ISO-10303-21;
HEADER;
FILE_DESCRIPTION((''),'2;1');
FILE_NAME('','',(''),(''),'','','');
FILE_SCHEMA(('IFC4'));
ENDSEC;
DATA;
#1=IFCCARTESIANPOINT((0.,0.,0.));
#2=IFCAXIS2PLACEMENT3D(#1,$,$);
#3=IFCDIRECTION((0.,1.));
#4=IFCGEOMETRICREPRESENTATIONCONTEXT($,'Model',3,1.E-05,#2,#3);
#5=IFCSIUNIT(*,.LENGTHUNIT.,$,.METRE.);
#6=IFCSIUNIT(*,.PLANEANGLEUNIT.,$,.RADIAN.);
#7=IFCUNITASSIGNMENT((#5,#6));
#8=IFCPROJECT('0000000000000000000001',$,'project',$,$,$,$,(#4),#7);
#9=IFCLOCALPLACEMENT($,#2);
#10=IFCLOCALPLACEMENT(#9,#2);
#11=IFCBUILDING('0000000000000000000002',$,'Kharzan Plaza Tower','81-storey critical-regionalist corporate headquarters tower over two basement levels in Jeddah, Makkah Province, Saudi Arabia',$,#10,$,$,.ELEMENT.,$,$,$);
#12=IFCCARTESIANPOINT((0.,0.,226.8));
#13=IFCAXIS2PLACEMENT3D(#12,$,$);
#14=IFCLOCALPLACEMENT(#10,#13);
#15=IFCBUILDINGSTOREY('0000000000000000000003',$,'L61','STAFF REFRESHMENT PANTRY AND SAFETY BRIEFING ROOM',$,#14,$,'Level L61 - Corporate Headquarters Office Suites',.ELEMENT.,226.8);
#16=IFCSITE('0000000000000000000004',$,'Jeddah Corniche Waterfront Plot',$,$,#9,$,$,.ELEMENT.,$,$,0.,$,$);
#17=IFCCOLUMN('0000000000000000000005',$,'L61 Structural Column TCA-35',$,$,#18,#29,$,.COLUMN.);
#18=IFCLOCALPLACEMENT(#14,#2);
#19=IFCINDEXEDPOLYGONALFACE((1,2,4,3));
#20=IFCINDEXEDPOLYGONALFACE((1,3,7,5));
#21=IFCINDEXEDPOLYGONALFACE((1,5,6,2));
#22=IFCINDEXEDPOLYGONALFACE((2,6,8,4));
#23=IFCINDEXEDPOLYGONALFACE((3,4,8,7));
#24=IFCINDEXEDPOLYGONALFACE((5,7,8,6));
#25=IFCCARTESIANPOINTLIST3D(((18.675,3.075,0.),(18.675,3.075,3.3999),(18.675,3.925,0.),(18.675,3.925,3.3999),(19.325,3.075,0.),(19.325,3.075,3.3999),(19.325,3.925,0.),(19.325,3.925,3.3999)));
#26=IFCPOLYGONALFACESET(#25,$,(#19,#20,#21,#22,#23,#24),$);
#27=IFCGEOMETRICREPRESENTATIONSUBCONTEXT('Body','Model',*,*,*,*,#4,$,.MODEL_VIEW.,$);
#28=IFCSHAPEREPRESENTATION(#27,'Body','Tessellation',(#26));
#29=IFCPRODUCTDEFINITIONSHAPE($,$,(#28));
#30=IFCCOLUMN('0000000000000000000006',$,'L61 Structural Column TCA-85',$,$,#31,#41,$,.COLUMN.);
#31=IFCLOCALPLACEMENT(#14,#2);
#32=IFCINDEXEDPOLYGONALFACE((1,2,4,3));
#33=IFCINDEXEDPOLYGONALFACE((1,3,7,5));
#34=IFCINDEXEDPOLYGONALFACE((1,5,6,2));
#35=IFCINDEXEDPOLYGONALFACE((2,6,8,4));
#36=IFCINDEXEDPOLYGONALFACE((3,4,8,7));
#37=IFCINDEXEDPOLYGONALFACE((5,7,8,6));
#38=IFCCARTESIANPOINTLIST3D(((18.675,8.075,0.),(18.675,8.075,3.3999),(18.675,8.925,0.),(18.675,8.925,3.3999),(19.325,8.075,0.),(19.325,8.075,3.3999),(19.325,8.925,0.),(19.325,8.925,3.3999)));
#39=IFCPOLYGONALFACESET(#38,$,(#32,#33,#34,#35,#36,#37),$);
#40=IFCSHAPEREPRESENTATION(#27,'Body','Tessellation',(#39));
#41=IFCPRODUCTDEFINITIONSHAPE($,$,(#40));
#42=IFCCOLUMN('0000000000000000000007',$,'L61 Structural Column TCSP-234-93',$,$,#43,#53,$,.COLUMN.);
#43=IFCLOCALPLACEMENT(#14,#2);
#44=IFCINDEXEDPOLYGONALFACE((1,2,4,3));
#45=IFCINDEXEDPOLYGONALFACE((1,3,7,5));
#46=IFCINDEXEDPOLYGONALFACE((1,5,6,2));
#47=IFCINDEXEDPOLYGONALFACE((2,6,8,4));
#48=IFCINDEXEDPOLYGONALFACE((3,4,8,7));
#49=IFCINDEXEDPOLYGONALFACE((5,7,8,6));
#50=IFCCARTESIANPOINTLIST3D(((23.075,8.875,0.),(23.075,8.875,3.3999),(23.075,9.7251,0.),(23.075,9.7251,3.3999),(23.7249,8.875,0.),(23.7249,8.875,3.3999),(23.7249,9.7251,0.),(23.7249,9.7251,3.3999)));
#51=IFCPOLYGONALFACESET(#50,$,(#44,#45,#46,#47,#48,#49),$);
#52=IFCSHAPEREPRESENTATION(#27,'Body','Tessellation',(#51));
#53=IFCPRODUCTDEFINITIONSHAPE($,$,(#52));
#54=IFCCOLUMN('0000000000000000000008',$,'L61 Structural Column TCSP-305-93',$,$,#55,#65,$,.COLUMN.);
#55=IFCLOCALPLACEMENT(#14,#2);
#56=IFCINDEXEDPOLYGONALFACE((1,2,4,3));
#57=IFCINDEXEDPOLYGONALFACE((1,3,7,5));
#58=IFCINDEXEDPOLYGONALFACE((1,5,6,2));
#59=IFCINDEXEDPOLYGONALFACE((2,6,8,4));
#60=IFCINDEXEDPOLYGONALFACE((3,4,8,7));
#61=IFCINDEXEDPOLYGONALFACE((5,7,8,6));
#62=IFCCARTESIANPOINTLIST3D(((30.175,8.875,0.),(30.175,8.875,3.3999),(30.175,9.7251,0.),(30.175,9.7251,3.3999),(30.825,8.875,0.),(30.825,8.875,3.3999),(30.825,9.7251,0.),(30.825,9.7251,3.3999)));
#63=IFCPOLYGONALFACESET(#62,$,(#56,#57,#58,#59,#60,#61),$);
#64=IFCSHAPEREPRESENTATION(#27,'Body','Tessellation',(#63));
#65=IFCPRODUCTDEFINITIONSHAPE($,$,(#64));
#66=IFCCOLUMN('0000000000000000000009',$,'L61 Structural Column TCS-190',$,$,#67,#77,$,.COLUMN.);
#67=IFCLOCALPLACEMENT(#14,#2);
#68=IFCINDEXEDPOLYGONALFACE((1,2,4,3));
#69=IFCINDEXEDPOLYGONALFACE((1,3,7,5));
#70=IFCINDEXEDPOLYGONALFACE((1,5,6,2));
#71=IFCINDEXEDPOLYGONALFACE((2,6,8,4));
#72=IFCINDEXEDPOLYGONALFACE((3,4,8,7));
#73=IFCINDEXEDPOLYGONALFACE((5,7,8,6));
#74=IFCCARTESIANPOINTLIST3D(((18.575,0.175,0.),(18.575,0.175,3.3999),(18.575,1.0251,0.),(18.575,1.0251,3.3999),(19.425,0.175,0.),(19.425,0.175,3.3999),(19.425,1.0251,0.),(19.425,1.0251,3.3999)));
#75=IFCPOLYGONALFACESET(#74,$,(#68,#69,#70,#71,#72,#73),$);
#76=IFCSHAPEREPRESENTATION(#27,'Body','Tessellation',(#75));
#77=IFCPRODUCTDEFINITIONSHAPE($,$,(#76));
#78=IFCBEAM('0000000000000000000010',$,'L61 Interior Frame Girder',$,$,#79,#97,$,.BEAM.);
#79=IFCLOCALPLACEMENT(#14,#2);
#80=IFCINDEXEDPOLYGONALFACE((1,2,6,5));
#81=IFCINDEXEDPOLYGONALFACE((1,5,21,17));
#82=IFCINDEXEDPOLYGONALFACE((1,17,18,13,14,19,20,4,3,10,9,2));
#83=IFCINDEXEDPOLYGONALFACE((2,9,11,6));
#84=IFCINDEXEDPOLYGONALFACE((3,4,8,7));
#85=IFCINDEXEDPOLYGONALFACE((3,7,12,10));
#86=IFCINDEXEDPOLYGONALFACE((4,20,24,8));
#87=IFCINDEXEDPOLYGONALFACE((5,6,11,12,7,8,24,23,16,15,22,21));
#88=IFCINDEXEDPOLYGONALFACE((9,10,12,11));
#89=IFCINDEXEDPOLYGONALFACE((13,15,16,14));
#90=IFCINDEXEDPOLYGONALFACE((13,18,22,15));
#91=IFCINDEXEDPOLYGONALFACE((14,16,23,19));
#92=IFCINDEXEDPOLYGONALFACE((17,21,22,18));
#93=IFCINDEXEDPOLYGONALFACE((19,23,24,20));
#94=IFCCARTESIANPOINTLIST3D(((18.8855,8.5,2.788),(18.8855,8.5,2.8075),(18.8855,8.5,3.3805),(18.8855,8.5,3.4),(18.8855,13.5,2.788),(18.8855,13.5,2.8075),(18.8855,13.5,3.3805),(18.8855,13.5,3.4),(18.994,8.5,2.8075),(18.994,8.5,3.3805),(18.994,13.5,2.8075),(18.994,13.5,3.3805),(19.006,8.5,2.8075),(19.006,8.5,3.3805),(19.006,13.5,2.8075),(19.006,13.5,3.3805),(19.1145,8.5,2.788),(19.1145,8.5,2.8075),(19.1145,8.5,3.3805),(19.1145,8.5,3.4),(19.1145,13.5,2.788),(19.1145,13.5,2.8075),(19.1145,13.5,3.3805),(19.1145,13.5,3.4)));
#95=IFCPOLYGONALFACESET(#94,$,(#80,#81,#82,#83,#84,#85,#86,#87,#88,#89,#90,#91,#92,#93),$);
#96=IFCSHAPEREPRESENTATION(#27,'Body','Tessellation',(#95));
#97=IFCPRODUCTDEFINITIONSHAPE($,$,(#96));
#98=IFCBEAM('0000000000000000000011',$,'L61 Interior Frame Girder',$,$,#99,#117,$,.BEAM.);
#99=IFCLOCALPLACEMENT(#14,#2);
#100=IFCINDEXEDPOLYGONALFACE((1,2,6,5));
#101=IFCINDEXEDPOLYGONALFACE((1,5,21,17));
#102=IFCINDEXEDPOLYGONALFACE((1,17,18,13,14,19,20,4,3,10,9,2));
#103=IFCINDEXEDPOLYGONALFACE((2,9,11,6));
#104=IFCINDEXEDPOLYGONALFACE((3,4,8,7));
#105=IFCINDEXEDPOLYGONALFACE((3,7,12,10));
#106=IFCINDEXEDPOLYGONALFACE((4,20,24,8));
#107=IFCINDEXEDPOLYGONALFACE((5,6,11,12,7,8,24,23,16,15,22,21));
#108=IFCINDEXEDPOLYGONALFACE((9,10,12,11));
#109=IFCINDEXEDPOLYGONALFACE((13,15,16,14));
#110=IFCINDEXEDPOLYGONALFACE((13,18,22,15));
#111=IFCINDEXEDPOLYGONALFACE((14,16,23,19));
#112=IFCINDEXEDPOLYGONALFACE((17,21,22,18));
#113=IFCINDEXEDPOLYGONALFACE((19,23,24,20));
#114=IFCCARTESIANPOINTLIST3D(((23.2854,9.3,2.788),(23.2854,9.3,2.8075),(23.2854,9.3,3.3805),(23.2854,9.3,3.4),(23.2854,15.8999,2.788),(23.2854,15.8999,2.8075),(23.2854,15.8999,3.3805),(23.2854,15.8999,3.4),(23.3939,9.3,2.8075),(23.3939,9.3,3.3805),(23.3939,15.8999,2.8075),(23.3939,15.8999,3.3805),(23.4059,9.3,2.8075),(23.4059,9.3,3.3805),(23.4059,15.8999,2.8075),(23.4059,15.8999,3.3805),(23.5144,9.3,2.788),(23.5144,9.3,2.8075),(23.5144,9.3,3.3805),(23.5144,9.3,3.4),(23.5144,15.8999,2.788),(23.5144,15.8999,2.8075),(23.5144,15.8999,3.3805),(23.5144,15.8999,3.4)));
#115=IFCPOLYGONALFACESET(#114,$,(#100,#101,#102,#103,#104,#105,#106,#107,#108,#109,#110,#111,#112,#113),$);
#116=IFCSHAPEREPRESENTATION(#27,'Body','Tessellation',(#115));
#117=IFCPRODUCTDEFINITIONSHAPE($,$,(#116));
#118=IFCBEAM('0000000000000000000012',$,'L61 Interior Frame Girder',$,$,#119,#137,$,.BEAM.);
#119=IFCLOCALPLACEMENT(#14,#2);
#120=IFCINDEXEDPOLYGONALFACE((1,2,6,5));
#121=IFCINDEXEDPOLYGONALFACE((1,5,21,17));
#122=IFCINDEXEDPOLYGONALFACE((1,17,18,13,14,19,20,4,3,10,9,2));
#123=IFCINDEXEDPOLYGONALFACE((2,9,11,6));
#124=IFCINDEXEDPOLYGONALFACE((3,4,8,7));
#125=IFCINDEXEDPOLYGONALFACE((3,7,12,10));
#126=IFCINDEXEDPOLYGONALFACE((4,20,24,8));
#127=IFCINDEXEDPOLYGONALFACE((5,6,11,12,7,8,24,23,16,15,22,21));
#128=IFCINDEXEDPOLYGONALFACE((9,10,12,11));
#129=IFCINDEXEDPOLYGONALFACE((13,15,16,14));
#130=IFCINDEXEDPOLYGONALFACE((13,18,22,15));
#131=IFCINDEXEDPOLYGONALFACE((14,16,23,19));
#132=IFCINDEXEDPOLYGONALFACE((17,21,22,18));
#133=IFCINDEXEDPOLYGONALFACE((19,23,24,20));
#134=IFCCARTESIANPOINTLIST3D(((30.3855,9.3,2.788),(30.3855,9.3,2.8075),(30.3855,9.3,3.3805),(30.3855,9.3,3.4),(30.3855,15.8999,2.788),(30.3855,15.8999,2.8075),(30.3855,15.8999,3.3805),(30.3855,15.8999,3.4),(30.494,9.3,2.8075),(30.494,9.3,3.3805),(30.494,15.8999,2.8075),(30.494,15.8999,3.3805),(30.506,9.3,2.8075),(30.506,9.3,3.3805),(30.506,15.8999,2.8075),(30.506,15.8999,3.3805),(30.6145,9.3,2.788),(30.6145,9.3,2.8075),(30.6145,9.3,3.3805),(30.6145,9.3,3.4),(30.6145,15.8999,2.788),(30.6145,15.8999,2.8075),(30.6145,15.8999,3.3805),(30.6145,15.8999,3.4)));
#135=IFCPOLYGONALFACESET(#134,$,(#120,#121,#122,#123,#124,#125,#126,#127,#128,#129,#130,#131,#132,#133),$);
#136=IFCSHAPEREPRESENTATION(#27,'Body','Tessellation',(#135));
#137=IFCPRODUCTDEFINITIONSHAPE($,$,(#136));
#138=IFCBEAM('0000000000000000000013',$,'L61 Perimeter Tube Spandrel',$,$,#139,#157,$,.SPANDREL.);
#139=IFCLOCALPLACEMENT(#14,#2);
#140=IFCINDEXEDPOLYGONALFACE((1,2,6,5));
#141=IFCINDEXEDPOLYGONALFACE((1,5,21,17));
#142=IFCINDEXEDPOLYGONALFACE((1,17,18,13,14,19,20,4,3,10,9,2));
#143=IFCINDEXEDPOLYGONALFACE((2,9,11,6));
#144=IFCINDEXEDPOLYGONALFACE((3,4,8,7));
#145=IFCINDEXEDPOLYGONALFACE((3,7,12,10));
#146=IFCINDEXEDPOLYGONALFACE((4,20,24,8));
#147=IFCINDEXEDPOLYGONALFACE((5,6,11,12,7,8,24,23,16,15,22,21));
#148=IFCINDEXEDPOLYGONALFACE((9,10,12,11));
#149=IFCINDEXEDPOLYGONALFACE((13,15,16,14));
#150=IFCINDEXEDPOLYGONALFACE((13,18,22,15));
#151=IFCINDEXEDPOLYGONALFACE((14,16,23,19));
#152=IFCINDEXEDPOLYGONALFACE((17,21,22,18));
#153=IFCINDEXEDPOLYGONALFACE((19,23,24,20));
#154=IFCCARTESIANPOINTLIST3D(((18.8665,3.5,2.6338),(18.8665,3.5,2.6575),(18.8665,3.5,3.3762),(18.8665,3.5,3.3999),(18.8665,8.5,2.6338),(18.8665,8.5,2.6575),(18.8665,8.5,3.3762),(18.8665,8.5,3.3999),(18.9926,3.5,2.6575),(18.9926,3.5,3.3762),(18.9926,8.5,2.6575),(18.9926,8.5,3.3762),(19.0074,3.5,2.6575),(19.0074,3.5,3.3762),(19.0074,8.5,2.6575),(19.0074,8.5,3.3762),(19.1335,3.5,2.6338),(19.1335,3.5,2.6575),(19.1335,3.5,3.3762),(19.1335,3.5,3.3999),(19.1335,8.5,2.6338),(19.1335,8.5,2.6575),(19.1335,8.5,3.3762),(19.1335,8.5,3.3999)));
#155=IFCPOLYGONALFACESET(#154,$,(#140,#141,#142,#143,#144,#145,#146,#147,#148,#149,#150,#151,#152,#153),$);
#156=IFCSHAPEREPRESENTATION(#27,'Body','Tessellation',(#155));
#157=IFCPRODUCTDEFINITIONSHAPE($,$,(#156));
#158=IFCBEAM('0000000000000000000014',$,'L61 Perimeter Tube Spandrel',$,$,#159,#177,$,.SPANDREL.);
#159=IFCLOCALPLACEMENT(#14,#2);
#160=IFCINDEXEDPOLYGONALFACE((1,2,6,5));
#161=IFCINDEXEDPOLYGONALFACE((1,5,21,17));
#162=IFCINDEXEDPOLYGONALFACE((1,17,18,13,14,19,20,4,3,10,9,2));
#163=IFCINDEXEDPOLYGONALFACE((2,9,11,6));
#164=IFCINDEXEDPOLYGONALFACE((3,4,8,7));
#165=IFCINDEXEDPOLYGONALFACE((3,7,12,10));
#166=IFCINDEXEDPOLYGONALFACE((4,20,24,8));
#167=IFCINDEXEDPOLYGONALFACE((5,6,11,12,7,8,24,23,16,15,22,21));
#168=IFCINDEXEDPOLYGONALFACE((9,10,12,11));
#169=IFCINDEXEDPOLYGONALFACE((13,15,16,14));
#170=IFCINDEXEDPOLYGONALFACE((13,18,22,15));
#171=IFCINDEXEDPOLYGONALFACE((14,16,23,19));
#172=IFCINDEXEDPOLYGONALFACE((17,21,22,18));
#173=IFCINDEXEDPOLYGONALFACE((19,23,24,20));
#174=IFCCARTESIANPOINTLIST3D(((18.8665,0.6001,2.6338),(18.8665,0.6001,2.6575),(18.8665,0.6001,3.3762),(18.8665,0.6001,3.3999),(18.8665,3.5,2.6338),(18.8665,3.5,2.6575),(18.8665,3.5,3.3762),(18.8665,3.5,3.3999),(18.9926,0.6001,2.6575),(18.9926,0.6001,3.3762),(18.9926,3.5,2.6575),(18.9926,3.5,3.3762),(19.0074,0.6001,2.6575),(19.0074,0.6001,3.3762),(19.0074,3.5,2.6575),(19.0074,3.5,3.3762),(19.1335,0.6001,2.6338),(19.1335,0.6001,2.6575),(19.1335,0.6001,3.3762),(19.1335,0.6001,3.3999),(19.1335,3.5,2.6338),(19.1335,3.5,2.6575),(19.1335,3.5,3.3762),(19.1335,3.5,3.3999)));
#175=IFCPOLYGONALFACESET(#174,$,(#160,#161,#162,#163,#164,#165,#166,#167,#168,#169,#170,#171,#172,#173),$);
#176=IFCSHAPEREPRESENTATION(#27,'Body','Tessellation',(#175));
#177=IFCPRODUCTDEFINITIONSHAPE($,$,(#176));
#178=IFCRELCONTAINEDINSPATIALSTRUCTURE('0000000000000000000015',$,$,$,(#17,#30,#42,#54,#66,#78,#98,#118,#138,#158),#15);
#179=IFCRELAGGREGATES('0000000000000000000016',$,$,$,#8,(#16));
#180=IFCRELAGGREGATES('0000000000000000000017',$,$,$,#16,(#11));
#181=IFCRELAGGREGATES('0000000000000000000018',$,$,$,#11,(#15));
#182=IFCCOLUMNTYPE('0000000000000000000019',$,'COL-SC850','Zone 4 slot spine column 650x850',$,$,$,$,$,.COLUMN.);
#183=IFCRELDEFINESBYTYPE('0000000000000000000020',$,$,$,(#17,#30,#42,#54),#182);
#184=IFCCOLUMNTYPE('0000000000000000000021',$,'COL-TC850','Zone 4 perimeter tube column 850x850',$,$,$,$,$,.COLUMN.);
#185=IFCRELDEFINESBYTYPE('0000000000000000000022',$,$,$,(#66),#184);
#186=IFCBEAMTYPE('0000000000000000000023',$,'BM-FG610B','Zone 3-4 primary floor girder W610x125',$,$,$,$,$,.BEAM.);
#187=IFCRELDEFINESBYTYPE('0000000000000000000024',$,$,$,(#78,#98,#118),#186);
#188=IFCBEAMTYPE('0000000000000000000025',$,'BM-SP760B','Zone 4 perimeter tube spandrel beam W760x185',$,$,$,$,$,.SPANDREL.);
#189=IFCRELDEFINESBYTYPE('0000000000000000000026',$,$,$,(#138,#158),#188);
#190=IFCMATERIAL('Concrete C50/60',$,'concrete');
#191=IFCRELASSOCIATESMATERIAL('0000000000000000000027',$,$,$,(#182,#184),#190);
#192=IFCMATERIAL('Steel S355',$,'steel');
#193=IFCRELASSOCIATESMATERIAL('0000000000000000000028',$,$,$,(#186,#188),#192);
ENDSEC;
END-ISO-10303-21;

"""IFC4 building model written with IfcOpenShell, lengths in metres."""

from ifc_helpers import new_model, si_unit, direction, frame, origin, origin_2d, place, context, subcontext, project, spatial, rectangle, i_section, extrude, source, transform, mapped, material, material_profile, profile_set, type_object, element, save


model = new_model("IFC4")

# Units and contexts
model_context = context("Model", 3, precision=1e-05, world=origin(), true_north=direction((0.0, 1.0)))
body_context = subcontext(model_context, "Body", "Model", "MODEL_VIEW")
ifc_project = project(units=[si_unit("LENGTHUNIT", "METRE"), si_unit("PLANEANGLEUNIT", "RADIAN")], contexts=[model_context])

# Site, building, storey
site_placement = place(None, origin())
site = spatial("IfcSite", under=ifc_project, at=site_placement, Name="Jeddah Corniche Waterfront Plot", CompositionType="ELEMENT", RefElevation=0.0)
building_placement = place(site_placement, origin())
building = spatial("IfcBuilding", under=site, at=building_placement, Name="Kharzan Plaza Tower", Description="81-storey critical-regionalist corporate headquarters tower over two basement levels in Jeddah, Makkah Province, Saudi Arabia", CompositionType="ELEMENT")
storey_placement = place(building_placement, frame((0.0, 0.0, 226.8)))
storey = spatial("IfcBuildingStorey", under=building, at=storey_placement, Name="L61", Description="STAFF REFRESHMENT PANTRY AND SAFETY BRIEFING ROOM", LongName="Level L61 - Corporate Headquarters Office Suites", CompositionType="ELEMENT", Elevation=226.8)

# Columns
ifc_material_1 = material(Name="Concrete C50/60", Category="concrete")
ifc_material_profile_1 = material_profile(ifc_material_1, rectangle(XDim=0.6499, YDim=0.8501, at=origin_2d()), Name="RC-SC850x650")
ifc_profile_set_1 = profile_set([ifc_material_profile_1], Name="Concrete C50/60")
column_type_1 = type_object("IfcColumnType", Name="COL-SC850", Description="Zone 4 slot spine column 650x850", PredefinedType="COLUMN", material=ifc_profile_set_1)
shared_shape_1 = source(origin(), body_context, "Body", "SweptSolid", [
    extrude(rectangle(XDim=0.6499, YDim=0.8501, at=origin_2d()), origin(), (0.0, 0.0, 1.0), 3.3999),
])
for number, where, z_axis, x_axis, name in (
    (1, (19.0, 3.5, 0.0), (0.0, 0.0, 1.0), (1.0, 0.0, 0.0), "L61 Structural Column TCA-35"),
    (2, (19.0, 8.5, 0.0), (0.0, 0.0, 1.0), (1.0, 0.0, 0.0), "L61 Structural Column TCA-85"),
    (3, (23.3999, 9.3, 0.0), (0.0, 0.0, 1.0), (1.0, 0.0, 0.0), "L61 Structural Column TCSP-234-93"),
    (4, (30.5, 9.3, 0.0), (0.0, 0.0, 1.0), (1.0, 0.0, 0.0), "L61 Structural Column TCSP-305-93"),
):
    element("IfcColumn", number, at=place(storey_placement, frame(where, z_axis=z_axis, x_axis=x_axis)), inside=storey, type_object=column_type_1, Name=name, PredefinedType="COLUMN", context=body_context, shape_type="MappedRepresentation", body=[
        mapped(shared_shape_1, transform((0.0, 0.0, 0.0), x_axis=(1.0, 0.0, 0.0), y_axis=(0.0, 1.0, 0.0), z_axis=(0.0, 0.0, 1.0))),
    ])
ifc_material_profile_2 = material_profile(ifc_material_1, rectangle(XDim=0.8501, YDim=0.8501, at=origin_2d()), Name="RC-TC850x850")
ifc_profile_set_2 = profile_set([ifc_material_profile_2], Name="Concrete C50/60")
column_type_2 = type_object("IfcColumnType", Name="COL-TC850", Description="Zone 4 perimeter tube column 850x850", PredefinedType="COLUMN", material=ifc_profile_set_2)
shared_shape_2 = source(origin(), body_context, "Body", "SweptSolid", [
    extrude(rectangle(XDim=0.8501, YDim=0.8501, at=origin_2d()), origin(), (0.0, 0.0, 1.0), 3.3999),
])
column_placement = place(storey_placement, frame((19.0, 0.6001, 0.0), z_axis=(0.0, 0.0, 1.0), x_axis=(1.0, 0.0, 0.0)))
element("IfcColumn", 5, at=column_placement, inside=storey, type_object=column_type_2, Name="L61 Structural Column TCS-190", PredefinedType="COLUMN", context=body_context, shape_type="MappedRepresentation", body=[
    mapped(shared_shape_2, transform((0.0, 0.0, 0.0), x_axis=(1.0, 0.0, 0.0), y_axis=(0.0, 1.0, 0.0), z_axis=(0.0, 0.0, 1.0))),
])

# Beams
ifc_material_2 = material(Name="Steel S355", Category="steel")
ifc_material_profile_3 = material_profile(ifc_material_2, i_section(OverallWidth=0.229, OverallDepth=0.6121, WebThickness=0.012, FlangeThickness=0.0195, at=origin_2d()), Name="W610x125")
ifc_profile_set_3 = profile_set([ifc_material_profile_3], Name="Steel S355")
beam_type_1 = type_object("IfcBeamType", Name="BM-FG610B", Description="Zone 3-4 primary floor girder W610x125", PredefinedType="BEAM", material=ifc_profile_set_3)
shared_shape_3 = source(origin(), body_context, "Body", "SweptSolid", [
    extrude(i_section(OverallWidth=0.229, OverallDepth=0.6121, WebThickness=0.012, FlangeThickness=0.0195, at=origin_2d()), origin(), (0.0, 0.0, 1.0), 5.0),
])
beam_1_placement = place(storey_placement, frame((19.0, 8.5, 3.094), z_axis=(0.0, 1.0, 0.0), x_axis=(-1.0, 0.0, 0.0)))
element("IfcBeam", 6, at=beam_1_placement, inside=storey, type_object=beam_type_1, Name="L61 Interior Frame Girder", PredefinedType="BEAM", context=body_context, shape_type="MappedRepresentation", body=[
    mapped(shared_shape_3, transform((0.0, 0.0, 0.0), x_axis=(1.0, 0.0, 0.0), y_axis=(0.0, 1.0, 0.0), z_axis=(0.0, 0.0, 1.0))),
])
shared_shape_4 = source(origin(), body_context, "Body", "SweptSolid", [
    extrude(i_section(OverallWidth=0.229, OverallDepth=0.6121, WebThickness=0.012, FlangeThickness=0.0195, at=origin_2d()), origin(), (0.0, 0.0, 1.0), 6.5999),
])
for number, where, z_axis, x_axis, name in (
    (7, (23.3999, 9.3, 3.094), (0.0, 1.0, 0.0), (-1.0, 0.0, 0.0), "L61 Interior Frame Girder"),
    (8, (30.5, 9.3, 3.094), (0.0, 1.0, 0.0), (-1.0, 0.0, 0.0), "L61 Interior Frame Girder"),
):
    element("IfcBeam", number, at=place(storey_placement, frame(where, z_axis=z_axis, x_axis=x_axis)), inside=storey, type_object=beam_type_1, Name=name, PredefinedType="BEAM", context=body_context, shape_type="MappedRepresentation", body=[
        mapped(shared_shape_4, transform((0.0, 0.0, 0.0), x_axis=(1.0, 0.0, 0.0), y_axis=(0.0, 1.0, 0.0), z_axis=(0.0, 0.0, 1.0))),
    ])
ifc_material_profile_4 = material_profile(ifc_material_2, i_section(OverallWidth=0.2671, OverallDepth=0.7661, WebThickness=0.0149, FlangeThickness=0.0237, at=origin_2d()), Name="W760x185")
ifc_profile_set_4 = profile_set([ifc_material_profile_4], Name="Steel S355")
beam_type_2 = type_object("IfcBeamType", Name="BM-SP760B", Description="Zone 4 perimeter tube spandrel beam W760x185", PredefinedType="SPANDREL", material=ifc_profile_set_4)
shared_shape_5 = source(origin(), body_context, "Body", "SweptSolid", [
    extrude(i_section(OverallWidth=0.2671, OverallDepth=0.7661, WebThickness=0.0149, FlangeThickness=0.0237, at=origin_2d()), origin(), (0.0, 0.0, 1.0), 5.0),
])
beam_2_placement = place(storey_placement, frame((19.0, 3.5, 3.0168), z_axis=(0.0, 1.0, 0.0), x_axis=(-1.0, 0.0, 0.0)))
element("IfcBeam", 9, at=beam_2_placement, inside=storey, type_object=beam_type_2, Name="L61 Perimeter Tube Spandrel", PredefinedType="SPANDREL", context=body_context, shape_type="MappedRepresentation", body=[
    mapped(shared_shape_5, transform((0.0, 0.0, 0.0), x_axis=(1.0, 0.0, 0.0), y_axis=(0.0, 1.0, 0.0), z_axis=(0.0, 0.0, 1.0))),
])
shared_shape_6 = source(origin(), body_context, "Body", "SweptSolid", [
    extrude(i_section(OverallWidth=0.2671, OverallDepth=0.7661, WebThickness=0.0149, FlangeThickness=0.0237, at=origin_2d()), origin(), (0.0, 0.0, 1.0), 2.8999),
])
beam_3_placement = place(storey_placement, frame((19.0, 0.6001, 3.0168), z_axis=(0.0, 1.0, 0.0), x_axis=(-1.0, 0.0, 0.0)))
element("IfcBeam", 10, at=beam_3_placement, inside=storey, type_object=beam_type_2, Name="L61 Perimeter Tube Spandrel", PredefinedType="SPANDREL", context=body_context, shape_type="MappedRepresentation", body=[
    mapped(shared_shape_6, transform((0.0, 0.0, 0.0), x_axis=(1.0, 0.0, 0.0), y_axis=(0.0, 1.0, 0.0), z_axis=(0.0, 0.0, 1.0))),
])

save(model, "model.ifc")
